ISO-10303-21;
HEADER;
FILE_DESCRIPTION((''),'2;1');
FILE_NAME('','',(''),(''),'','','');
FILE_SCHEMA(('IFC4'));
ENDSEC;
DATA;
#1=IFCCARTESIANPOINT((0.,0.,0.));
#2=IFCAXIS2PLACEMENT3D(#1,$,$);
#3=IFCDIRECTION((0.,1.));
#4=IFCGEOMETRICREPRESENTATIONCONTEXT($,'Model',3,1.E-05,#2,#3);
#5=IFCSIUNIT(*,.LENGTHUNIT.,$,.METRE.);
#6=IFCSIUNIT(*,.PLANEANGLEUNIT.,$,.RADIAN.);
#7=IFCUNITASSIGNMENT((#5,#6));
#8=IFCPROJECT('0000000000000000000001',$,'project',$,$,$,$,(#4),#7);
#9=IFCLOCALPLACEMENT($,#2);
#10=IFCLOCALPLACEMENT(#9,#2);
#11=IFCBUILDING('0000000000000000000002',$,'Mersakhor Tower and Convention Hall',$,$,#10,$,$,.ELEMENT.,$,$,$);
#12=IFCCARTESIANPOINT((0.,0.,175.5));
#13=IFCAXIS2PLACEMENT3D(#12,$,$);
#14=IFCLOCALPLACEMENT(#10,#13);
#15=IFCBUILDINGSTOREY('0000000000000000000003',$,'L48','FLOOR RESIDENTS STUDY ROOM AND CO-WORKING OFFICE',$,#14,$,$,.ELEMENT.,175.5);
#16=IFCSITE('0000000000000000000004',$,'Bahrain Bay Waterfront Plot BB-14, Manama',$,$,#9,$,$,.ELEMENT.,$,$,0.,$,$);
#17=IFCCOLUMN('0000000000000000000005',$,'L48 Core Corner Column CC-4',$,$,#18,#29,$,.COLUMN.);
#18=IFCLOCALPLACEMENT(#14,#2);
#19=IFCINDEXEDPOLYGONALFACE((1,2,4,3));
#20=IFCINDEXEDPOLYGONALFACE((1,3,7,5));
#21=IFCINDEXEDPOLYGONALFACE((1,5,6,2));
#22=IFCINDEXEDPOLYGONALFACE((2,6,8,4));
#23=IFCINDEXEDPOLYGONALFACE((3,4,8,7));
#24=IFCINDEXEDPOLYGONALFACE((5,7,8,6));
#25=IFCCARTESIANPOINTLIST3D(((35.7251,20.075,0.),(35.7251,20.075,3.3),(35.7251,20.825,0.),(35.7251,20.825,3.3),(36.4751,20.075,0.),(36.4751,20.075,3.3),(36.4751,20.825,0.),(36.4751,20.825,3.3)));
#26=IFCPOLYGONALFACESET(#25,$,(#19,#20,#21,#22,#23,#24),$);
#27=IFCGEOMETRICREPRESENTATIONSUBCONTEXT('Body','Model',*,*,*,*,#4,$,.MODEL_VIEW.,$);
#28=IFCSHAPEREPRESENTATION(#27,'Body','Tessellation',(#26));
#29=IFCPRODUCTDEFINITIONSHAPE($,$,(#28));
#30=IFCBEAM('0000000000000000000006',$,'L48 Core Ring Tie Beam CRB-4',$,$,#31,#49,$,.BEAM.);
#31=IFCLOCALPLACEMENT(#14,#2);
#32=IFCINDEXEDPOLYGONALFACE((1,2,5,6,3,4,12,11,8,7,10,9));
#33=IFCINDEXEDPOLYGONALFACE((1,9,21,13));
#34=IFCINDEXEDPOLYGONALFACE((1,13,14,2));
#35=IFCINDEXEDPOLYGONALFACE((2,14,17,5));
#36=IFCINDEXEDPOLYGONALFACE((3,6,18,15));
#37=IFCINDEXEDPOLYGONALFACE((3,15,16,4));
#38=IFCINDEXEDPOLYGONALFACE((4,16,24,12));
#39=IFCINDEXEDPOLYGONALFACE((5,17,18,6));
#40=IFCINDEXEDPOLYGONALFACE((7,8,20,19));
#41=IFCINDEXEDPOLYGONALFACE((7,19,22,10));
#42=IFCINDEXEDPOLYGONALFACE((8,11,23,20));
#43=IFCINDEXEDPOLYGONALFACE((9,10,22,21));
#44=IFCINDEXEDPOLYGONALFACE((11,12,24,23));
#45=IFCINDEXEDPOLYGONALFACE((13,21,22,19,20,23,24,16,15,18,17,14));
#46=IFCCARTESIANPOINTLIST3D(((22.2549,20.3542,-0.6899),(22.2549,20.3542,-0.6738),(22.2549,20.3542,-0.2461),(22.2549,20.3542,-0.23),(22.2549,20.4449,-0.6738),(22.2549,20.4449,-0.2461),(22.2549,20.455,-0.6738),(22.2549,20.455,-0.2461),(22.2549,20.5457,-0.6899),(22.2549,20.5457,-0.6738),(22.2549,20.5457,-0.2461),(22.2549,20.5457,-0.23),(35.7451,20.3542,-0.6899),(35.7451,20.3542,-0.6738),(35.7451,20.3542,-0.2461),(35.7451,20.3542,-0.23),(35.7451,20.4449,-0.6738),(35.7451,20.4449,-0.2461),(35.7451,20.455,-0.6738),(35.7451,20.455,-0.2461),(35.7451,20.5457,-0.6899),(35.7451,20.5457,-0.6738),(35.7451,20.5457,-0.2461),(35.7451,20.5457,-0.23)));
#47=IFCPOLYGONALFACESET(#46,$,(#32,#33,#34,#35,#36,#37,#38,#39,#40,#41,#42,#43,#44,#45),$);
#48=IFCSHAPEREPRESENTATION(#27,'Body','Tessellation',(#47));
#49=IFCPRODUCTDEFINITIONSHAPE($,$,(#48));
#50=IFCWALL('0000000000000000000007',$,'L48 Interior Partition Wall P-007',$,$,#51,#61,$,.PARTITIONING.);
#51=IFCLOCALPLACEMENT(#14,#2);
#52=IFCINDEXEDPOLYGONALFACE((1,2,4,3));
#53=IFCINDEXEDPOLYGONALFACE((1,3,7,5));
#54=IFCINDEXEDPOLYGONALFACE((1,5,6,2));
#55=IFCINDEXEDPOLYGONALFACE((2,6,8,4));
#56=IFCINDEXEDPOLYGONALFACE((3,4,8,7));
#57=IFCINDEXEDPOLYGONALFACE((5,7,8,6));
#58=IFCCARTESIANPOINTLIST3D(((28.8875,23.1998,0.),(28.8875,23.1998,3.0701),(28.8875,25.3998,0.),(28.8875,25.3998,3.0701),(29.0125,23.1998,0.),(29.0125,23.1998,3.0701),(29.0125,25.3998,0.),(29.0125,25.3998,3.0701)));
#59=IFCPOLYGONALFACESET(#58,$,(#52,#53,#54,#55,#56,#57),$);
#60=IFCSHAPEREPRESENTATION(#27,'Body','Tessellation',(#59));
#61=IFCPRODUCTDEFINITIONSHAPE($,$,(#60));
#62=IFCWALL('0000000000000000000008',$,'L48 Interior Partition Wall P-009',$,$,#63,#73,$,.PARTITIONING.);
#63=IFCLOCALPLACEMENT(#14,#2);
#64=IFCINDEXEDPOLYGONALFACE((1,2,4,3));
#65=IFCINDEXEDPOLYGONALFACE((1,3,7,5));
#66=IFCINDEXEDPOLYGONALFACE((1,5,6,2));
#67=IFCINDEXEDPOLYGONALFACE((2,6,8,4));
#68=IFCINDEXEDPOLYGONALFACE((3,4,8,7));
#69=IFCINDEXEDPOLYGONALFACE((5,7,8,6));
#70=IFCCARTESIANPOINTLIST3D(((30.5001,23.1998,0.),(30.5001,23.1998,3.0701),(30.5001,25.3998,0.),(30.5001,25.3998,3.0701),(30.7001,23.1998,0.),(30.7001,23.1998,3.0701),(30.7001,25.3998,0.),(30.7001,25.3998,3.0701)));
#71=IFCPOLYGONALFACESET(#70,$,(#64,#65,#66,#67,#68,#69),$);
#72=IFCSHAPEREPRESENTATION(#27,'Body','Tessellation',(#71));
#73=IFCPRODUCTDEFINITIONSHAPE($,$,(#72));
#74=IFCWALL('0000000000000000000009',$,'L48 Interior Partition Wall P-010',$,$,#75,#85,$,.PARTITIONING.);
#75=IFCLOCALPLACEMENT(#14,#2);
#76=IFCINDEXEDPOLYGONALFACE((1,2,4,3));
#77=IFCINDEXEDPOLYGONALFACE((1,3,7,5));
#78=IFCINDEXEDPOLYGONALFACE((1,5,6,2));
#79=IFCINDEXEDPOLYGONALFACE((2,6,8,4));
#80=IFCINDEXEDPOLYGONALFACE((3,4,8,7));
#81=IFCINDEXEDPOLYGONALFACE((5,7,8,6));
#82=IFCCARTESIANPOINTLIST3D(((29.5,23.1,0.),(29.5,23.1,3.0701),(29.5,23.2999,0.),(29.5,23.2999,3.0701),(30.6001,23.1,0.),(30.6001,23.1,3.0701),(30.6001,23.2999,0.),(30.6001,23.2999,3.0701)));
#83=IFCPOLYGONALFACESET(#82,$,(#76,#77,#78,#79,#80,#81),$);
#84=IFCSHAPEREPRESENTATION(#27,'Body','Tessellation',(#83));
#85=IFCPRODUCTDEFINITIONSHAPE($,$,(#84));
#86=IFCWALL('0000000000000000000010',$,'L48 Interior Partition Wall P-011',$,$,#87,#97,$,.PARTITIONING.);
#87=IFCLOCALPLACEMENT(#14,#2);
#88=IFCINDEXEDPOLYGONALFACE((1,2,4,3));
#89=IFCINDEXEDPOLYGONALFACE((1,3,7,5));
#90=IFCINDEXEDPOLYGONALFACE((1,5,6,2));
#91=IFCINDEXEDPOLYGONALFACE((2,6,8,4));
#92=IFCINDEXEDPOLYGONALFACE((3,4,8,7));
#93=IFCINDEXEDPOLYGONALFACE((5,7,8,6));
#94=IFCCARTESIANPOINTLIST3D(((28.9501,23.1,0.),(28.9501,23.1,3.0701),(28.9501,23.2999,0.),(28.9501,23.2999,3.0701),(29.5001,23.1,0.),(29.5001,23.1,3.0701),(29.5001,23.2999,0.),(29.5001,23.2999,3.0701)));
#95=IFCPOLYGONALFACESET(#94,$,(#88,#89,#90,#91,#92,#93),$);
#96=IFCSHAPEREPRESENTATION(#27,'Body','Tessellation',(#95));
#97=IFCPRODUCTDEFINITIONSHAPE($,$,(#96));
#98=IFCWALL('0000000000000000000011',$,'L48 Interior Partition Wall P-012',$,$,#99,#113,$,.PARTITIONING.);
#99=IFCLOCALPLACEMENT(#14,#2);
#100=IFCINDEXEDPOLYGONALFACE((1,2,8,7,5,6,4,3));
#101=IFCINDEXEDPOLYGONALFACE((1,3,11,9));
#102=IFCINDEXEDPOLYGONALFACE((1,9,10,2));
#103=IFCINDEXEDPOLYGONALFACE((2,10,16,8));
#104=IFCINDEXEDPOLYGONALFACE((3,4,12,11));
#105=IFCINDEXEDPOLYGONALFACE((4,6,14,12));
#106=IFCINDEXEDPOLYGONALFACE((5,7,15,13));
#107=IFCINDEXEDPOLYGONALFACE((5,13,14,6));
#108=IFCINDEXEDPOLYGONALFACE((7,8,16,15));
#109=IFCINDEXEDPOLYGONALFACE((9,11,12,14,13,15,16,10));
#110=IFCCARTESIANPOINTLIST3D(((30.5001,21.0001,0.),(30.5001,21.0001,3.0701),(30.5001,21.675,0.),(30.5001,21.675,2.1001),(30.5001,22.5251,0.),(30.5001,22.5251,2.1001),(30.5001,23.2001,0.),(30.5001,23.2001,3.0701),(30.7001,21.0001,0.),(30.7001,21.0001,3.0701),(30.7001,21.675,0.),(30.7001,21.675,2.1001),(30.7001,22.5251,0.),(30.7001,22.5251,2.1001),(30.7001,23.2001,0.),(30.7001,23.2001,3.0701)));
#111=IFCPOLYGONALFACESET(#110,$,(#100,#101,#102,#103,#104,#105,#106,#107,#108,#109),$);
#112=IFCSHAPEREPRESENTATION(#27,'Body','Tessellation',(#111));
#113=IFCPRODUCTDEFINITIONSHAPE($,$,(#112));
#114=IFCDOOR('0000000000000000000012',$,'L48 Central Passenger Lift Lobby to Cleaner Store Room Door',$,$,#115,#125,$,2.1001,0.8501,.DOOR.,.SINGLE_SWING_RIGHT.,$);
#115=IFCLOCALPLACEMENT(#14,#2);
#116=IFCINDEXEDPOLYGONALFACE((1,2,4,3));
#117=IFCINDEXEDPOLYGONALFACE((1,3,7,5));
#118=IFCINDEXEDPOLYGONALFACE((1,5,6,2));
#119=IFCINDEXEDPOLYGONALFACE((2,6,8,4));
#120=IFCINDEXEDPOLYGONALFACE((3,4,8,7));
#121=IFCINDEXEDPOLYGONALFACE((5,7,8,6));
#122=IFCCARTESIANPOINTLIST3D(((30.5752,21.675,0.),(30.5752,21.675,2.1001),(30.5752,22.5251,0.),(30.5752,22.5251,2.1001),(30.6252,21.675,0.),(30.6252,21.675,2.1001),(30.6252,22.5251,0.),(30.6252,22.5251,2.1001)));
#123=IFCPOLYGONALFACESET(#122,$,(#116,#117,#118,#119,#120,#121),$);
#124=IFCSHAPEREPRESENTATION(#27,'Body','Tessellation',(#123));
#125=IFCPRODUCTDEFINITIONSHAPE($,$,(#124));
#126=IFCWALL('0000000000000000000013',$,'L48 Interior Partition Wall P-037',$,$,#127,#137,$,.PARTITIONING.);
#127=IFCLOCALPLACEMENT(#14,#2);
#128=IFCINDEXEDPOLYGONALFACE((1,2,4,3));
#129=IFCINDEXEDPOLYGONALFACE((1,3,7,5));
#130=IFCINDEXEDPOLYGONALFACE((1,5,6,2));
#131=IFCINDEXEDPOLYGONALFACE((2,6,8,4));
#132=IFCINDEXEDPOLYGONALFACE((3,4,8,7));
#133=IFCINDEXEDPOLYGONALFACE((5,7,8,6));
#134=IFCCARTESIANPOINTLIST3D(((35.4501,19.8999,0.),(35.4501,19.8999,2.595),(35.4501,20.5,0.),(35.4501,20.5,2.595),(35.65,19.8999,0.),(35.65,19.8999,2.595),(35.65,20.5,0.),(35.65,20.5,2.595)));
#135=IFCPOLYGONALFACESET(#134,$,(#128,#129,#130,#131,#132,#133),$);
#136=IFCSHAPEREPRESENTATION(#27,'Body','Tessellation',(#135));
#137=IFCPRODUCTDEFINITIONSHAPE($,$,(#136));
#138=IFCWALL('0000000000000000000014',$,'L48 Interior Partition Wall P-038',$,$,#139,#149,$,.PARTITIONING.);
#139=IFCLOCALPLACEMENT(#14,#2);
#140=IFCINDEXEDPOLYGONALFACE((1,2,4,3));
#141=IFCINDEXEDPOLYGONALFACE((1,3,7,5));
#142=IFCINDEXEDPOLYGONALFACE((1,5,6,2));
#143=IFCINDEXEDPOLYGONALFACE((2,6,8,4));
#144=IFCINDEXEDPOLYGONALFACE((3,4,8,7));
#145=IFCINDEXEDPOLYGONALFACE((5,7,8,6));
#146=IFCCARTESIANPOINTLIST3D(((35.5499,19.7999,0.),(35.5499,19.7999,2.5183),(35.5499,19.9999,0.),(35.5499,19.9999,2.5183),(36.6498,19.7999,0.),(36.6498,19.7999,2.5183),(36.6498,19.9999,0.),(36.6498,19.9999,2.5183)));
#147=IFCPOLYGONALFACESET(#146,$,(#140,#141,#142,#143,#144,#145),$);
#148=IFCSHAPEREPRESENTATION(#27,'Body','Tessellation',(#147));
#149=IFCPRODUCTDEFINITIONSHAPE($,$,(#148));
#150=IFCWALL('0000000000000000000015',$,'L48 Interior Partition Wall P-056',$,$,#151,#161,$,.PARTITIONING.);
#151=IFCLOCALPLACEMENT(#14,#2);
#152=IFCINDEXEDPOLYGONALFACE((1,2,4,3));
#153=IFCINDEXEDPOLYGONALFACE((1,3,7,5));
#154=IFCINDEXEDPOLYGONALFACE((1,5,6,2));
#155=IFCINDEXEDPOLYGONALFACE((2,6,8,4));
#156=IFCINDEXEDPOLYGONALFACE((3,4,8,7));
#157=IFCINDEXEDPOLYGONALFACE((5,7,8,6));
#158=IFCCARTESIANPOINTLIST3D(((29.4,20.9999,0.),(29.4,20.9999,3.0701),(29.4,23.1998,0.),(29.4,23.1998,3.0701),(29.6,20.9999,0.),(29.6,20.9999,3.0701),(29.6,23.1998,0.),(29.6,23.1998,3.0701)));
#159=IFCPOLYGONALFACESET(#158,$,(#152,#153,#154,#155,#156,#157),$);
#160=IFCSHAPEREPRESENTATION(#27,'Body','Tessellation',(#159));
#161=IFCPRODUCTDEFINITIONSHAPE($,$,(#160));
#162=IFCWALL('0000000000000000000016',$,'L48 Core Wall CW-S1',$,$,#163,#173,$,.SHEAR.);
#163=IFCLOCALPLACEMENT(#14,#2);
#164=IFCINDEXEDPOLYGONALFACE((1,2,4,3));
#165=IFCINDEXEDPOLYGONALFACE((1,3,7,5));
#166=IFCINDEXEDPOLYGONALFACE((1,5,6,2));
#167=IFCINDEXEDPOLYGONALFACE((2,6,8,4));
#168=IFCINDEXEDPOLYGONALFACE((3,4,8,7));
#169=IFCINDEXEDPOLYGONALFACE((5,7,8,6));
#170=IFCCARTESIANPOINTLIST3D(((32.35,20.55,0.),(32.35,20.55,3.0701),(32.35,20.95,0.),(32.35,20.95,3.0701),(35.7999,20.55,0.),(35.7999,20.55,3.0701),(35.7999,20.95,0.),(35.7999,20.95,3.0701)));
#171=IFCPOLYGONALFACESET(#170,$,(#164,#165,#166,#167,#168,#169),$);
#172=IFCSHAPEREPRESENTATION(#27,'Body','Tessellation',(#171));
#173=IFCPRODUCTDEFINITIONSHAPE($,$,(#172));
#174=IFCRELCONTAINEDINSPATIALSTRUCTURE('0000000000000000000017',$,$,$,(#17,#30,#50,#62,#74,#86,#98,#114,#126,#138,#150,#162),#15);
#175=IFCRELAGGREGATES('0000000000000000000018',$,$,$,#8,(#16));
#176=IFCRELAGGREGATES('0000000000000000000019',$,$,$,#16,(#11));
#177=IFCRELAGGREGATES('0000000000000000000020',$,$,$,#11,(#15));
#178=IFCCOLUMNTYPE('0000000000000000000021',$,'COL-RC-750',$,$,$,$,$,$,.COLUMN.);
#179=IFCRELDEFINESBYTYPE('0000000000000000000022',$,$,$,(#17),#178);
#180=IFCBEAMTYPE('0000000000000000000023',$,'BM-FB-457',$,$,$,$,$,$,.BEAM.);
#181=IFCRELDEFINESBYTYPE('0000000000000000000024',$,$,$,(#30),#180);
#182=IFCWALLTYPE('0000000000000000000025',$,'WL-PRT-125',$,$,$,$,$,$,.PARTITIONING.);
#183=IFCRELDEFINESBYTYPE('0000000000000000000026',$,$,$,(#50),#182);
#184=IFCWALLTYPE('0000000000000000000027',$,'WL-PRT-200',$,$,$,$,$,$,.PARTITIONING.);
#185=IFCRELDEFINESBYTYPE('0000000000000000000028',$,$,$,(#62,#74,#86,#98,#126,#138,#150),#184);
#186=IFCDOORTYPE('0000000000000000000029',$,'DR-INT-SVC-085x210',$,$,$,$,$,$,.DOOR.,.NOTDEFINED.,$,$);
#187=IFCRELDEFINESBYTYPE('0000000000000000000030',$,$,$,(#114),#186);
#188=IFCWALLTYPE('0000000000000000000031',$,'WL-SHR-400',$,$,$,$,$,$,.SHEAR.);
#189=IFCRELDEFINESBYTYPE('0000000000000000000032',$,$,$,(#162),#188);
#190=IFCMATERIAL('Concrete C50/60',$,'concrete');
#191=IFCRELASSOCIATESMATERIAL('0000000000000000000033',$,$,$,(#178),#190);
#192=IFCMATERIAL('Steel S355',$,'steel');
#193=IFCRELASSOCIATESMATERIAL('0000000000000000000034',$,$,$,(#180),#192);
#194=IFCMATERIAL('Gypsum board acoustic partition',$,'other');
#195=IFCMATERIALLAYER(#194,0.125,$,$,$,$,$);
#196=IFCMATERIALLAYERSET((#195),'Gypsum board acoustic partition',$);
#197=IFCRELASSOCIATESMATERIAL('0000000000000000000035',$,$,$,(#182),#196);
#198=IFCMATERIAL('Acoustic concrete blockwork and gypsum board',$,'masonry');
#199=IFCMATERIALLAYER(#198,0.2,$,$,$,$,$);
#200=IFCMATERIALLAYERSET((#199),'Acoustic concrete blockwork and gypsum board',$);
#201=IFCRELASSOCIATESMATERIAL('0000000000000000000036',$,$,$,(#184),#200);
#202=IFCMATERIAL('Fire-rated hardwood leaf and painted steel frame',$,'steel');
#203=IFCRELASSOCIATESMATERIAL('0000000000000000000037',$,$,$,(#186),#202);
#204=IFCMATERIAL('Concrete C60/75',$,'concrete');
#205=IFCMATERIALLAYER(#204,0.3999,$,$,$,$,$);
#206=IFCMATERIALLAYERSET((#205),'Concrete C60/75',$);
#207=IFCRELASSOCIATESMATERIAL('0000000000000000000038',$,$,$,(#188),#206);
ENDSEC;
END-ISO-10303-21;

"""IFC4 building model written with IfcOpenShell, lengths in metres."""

from ifc_helpers import new_model, si_unit, direction, frame, frame_2d, origin, origin_2d, place, context, subcontext, project, spatial, rectangle, i_section, extrude, material, layer, layer_set, material_profile, profile_set, type_object, element, fill, save


model = new_model("IFC4")

# Units and contexts
model_context = context("Model", 3, precision=1e-05, world=origin(), true_north=direction((0.0, 1.0)))
body_context = subcontext(model_context, "Body", "Model", "MODEL_VIEW")
ifc_project = project(units=[si_unit("LENGTHUNIT", "METRE"), si_unit("PLANEANGLEUNIT", "RADIAN")], contexts=[model_context])

# Site, building, storey
site_placement = place(None, origin())
site = spatial("IfcSite", under=ifc_project, at=site_placement, Name="Bahrain Bay Waterfront Plot BB-14, Manama", CompositionType="ELEMENT", RefElevation=0.0)
building_placement = place(site_placement, origin())
building = spatial("IfcBuilding", under=site, at=building_placement, Name="Mersakhor Tower and Convention Hall", CompositionType="ELEMENT")
storey_placement = place(building_placement, frame((0.0, 0.0, 175.5)))
storey = spatial("IfcBuildingStorey", under=building, at=storey_placement, Name="L48", Description="FLOOR RESIDENTS STUDY ROOM AND CO-WORKING OFFICE", CompositionType="ELEMENT", Elevation=175.5)

# Column
ifc_material_1 = material(Name="Concrete C50/60", Category="concrete")
ifc_material_profile_1 = material_profile(ifc_material_1, rectangle(XDim=0.75, YDim=0.75, at=origin_2d()), Name="RC 750x750")
ifc_profile_set_1 = profile_set([ifc_material_profile_1], Name="Concrete C50/60")
column_type = type_object("IfcColumnType", Name="COL-RC-750", PredefinedType="COLUMN", material=ifc_profile_set_1)
column_placement = place(storey_placement, frame((36.1001, 20.45, 0.0), z_axis=(0.0, 0.0, 1.0), x_axis=(1.0, 0.0, 0.0)))
element("IfcColumn", 1, at=column_placement, inside=storey, type_object=column_type, Name="L48 Core Corner Column CC-4", PredefinedType="COLUMN", context=body_context, shape_type="SweptSolid", body=[
    extrude(rectangle(XDim=0.75, YDim=0.75, at=origin_2d()), origin(), (0.0, 0.0, 1.0), 3.3),
])

# Beam
ifc_material_2 = material(Name="Steel S355", Category="steel")
ifc_material_profile_2 = material_profile(ifc_material_2, i_section(OverallWidth=0.1914, OverallDepth=0.46, WebThickness=0.01, FlangeThickness=0.0161, at=origin_2d()), Name="UB 457x191x82")
ifc_profile_set_2 = profile_set([ifc_material_profile_2], Name="Steel S355")
beam_type = type_object("IfcBeamType", Name="BM-FB-457", PredefinedType="BEAM", material=ifc_profile_set_2)
beam_placement = place(storey_placement, frame((35.7451, 20.45, -0.46), z_axis=(-1.0, 0.0, 0.0), x_axis=(0.0, -1.0, 0.0)))
element("IfcBeam", 2, at=beam_placement, inside=storey, type_object=beam_type, Name="L48 Core Ring Tie Beam CRB-4", PredefinedType="BEAM", context=body_context, shape_type="SweptSolid", body=[
    extrude(i_section(OverallWidth=0.1914, OverallDepth=0.46, WebThickness=0.01, FlangeThickness=0.0161, at=origin_2d()), origin(), (0.0, 0.0, 1.0), 13.4902),
])

# Walls
ifc_material_3 = material(Name="Gypsum board acoustic partition", Category="other")
ifc_layer_1 = layer(ifc_material_3, 0.125)
ifc_layer_set_1 = layer_set([ifc_layer_1], Name="Gypsum board acoustic partition")
wall_type_1 = type_object("IfcWallType", Name="WL-PRT-125", PredefinedType="PARTITIONING", material=ifc_layer_set_1)
wall_1_placement = place(storey_placement, frame((28.95, 25.3999, 0.0), z_axis=(0.0, 0.0, 1.0), x_axis=(0.0, -1.0, 0.0)))
element("IfcWall", 3, at=wall_1_placement, inside=storey, type_object=wall_type_1, Name="L48 Interior Partition Wall P-007", PredefinedType="PARTITIONING", context=body_context, shape_type="SweptSolid", body=[
    extrude(rectangle(XDim=2.2, YDim=0.125, at=frame_2d((1.1001, 0.0))), origin(), (0.0, 0.0, 1.0), 3.0701),
])
ifc_material_4 = material(Name="Acoustic concrete blockwork and gypsum board", Category="masonry")
ifc_layer_2 = layer(ifc_material_4, 0.2)
ifc_layer_set_2 = layer_set([ifc_layer_2], Name="Acoustic concrete blockwork and gypsum board")
wall_type_2 = type_object("IfcWallType", Name="WL-PRT-200", PredefinedType="PARTITIONING", material=ifc_layer_set_2)
wall_2_placement = place(storey_placement, frame((30.6001, 25.3999, 0.0), z_axis=(0.0, 0.0, 1.0), x_axis=(0.0, -1.0, 0.0)))
element("IfcWall", 4, at=wall_2_placement, inside=storey, type_object=wall_type_2, Name="L48 Interior Partition Wall P-009", PredefinedType="PARTITIONING", context=body_context, shape_type="SweptSolid", body=[
    extrude(rectangle(XDim=2.2, YDim=0.2, at=frame_2d((1.1001, 0.0))), origin(), (0.0, 0.0, 1.0), 3.0701),
])
wall_3_placement = place(storey_placement, frame((30.6001, 23.2, 0.0), z_axis=(0.0, 0.0, 1.0), x_axis=(-1.0, 0.0, 0.0)))
element("IfcWall", 5, at=wall_3_placement, inside=storey, type_object=wall_type_2, Name="L48 Interior Partition Wall P-010", PredefinedType="PARTITIONING", context=body_context, shape_type="SweptSolid", body=[
    extrude(rectangle(XDim=1.1001, YDim=0.2, at=frame_2d((0.55, 0.0))), origin(), (0.0, 0.0, 1.0), 3.0701),
])
wall_4_placement = place(storey_placement, frame((29.5, 23.2, 0.0), z_axis=(0.0, 0.0, 1.0), x_axis=(-1.0, 0.0, 0.0)))
element("IfcWall", 6, at=wall_4_placement, inside=storey, type_object=wall_type_2, Name="L48 Interior Partition Wall P-011", PredefinedType="PARTITIONING", context=body_context, shape_type="SweptSolid", body=[
    extrude(rectangle(XDim=0.55, YDim=0.2, at=frame_2d((0.2749, 0.0))), origin(), (0.0, 0.0, 1.0), 3.0701),
])

# Wall, opening, door
wall_5_placement = place(storey_placement, frame((30.6001, 21.0, 0.0), z_axis=(0.0, 0.0, 1.0), x_axis=(0.0, 1.0, 0.0)))
wall_5 = element("IfcWall", 7, at=wall_5_placement, inside=storey, type_object=wall_type_2, Name="L48 Interior Partition Wall P-012", PredefinedType="PARTITIONING", context=body_context, shape_type="SweptSolid", body=[
    extrude(rectangle(XDim=2.2, YDim=0.2, at=frame_2d((1.1001, 0.0))), origin(), (0.0, 0.0, 1.0), 3.0701),
])
opening_1_placement = place(wall_5_placement, frame((0.675, 0.0, 0.0)))
opening_1 = element("IfcOpeningElement", 8, at=opening_1_placement, cuts=wall_5, PredefinedType="OPENING", context=body_context, shape_type="SweptSolid", body=[
    extrude(rectangle(XDim=0.8501, YDim=2.1001, at=frame_2d((0.425, 1.05))), frame((0.0, 0.1099, 0.0), z_axis=(0.0, -1.0, 0.0), x_axis=(1.0, 0.0, 0.0)), (0.0, 0.0, 1.0), 0.22),
])
ifc_material_5 = material(Name="Fire-rated hardwood leaf and painted steel frame", Category="steel")
door_type_1 = type_object("IfcDoorType", Name="DR-INT-SVC-085x210", OperationType="NOTDEFINED", PredefinedType="DOOR", material=ifc_material_5)
door_1_placement = place(opening_1_placement, origin())
door_1 = element("IfcDoor", 9, at=door_1_placement, inside=storey, type_object=door_type_1, Name="L48 Central Passenger Lift Lobby to Cleaner Store Room Door", OperationType="SINGLE_SWING_RIGHT", OverallHeight=2.1001, OverallWidth=0.8501, PredefinedType="DOOR", context=body_context, shape_type="SweptSolid", body=[
    extrude(rectangle(XDim=0.8501, YDim=2.1001, at=frame_2d((0.425, 1.05))), frame((0.0, 0.0249, 0.0), z_axis=(0.0, -1.0, 0.0), x_axis=(1.0, 0.0, 0.0)), (0.0, 0.0, 1.0), 0.05),
])
fill(opening_1, door_1)

# Walls
wall_6_placement = place(storey_placement, frame((35.55, 20.5, 0.0), z_axis=(0.0, 0.0, 1.0), x_axis=(0.0, -1.0, 0.0)))
element("IfcWall", 10, at=wall_6_placement, inside=storey, type_object=wall_type_2, Name="L48 Interior Partition Wall P-037", PredefinedType="PARTITIONING", context=body_context, shape_type="SweptSolid", body=[
    extrude(rectangle(XDim=0.6001, YDim=0.2, at=frame_2d((0.3, 0.0))), origin(), (0.0, 0.0, 1.0), 2.595),
])
wall_7_placement = place(storey_placement, frame((35.55, 19.8999, 0.0), z_axis=(0.0, 0.0, 1.0), x_axis=(1.0, 0.0, 0.0)))
element("IfcWall", 11, at=wall_7_placement, inside=storey, type_object=wall_type_2, Name="L48 Interior Partition Wall P-038", PredefinedType="PARTITIONING", context=body_context, shape_type="SweptSolid", body=[
    extrude(rectangle(XDim=1.0999, YDim=0.2, at=frame_2d((0.5498, 0.0))), origin(), (0.0, 0.0, 1.0), 2.5183),
])
wall_8_placement = place(storey_placement, frame((29.5, 23.2, 0.0), z_axis=(0.0, 0.0, 1.0), x_axis=(0.0, -1.0, 0.0)))
element("IfcWall", 12, at=wall_8_placement, inside=storey, type_object=wall_type_2, Name="L48 Interior Partition Wall P-056", PredefinedType="PARTITIONING", context=body_context, shape_type="SweptSolid", body=[
    extrude(rectangle(XDim=2.2, YDim=0.2, at=frame_2d((1.1001, 0.0))), origin(), (0.0, 0.0, 1.0), 3.0701),
])
ifc_material_6 = material(Name="Concrete C60/75", Category="concrete")
ifc_layer_3 = layer(ifc_material_6, 0.3999)
ifc_layer_set_3 = layer_set([ifc_layer_3], Name="Concrete C60/75")
wall_type_3 = type_object("IfcWallType", Name="WL-SHR-400", PredefinedType="SHEAR", material=ifc_layer_set_3)
wall_9_placement = place(storey_placement, frame((35.8, 20.75, 0.0), z_axis=(0.0, 0.0, 1.0), x_axis=(-1.0, 0.0, 0.0)))
element("IfcWall", 13, at=wall_9_placement, inside=storey, type_object=wall_type_3, Name="L48 Core Wall CW-S1", PredefinedType="SHEAR", context=body_context, shape_type="SweptSolid", body=[
    extrude(rectangle(XDim=3.45, YDim=0.3999, at=frame_2d((1.7251, 0.0))), origin(), (0.0, 0.0, 1.0), 3.0701),
])

save(model, "model.ifc")
